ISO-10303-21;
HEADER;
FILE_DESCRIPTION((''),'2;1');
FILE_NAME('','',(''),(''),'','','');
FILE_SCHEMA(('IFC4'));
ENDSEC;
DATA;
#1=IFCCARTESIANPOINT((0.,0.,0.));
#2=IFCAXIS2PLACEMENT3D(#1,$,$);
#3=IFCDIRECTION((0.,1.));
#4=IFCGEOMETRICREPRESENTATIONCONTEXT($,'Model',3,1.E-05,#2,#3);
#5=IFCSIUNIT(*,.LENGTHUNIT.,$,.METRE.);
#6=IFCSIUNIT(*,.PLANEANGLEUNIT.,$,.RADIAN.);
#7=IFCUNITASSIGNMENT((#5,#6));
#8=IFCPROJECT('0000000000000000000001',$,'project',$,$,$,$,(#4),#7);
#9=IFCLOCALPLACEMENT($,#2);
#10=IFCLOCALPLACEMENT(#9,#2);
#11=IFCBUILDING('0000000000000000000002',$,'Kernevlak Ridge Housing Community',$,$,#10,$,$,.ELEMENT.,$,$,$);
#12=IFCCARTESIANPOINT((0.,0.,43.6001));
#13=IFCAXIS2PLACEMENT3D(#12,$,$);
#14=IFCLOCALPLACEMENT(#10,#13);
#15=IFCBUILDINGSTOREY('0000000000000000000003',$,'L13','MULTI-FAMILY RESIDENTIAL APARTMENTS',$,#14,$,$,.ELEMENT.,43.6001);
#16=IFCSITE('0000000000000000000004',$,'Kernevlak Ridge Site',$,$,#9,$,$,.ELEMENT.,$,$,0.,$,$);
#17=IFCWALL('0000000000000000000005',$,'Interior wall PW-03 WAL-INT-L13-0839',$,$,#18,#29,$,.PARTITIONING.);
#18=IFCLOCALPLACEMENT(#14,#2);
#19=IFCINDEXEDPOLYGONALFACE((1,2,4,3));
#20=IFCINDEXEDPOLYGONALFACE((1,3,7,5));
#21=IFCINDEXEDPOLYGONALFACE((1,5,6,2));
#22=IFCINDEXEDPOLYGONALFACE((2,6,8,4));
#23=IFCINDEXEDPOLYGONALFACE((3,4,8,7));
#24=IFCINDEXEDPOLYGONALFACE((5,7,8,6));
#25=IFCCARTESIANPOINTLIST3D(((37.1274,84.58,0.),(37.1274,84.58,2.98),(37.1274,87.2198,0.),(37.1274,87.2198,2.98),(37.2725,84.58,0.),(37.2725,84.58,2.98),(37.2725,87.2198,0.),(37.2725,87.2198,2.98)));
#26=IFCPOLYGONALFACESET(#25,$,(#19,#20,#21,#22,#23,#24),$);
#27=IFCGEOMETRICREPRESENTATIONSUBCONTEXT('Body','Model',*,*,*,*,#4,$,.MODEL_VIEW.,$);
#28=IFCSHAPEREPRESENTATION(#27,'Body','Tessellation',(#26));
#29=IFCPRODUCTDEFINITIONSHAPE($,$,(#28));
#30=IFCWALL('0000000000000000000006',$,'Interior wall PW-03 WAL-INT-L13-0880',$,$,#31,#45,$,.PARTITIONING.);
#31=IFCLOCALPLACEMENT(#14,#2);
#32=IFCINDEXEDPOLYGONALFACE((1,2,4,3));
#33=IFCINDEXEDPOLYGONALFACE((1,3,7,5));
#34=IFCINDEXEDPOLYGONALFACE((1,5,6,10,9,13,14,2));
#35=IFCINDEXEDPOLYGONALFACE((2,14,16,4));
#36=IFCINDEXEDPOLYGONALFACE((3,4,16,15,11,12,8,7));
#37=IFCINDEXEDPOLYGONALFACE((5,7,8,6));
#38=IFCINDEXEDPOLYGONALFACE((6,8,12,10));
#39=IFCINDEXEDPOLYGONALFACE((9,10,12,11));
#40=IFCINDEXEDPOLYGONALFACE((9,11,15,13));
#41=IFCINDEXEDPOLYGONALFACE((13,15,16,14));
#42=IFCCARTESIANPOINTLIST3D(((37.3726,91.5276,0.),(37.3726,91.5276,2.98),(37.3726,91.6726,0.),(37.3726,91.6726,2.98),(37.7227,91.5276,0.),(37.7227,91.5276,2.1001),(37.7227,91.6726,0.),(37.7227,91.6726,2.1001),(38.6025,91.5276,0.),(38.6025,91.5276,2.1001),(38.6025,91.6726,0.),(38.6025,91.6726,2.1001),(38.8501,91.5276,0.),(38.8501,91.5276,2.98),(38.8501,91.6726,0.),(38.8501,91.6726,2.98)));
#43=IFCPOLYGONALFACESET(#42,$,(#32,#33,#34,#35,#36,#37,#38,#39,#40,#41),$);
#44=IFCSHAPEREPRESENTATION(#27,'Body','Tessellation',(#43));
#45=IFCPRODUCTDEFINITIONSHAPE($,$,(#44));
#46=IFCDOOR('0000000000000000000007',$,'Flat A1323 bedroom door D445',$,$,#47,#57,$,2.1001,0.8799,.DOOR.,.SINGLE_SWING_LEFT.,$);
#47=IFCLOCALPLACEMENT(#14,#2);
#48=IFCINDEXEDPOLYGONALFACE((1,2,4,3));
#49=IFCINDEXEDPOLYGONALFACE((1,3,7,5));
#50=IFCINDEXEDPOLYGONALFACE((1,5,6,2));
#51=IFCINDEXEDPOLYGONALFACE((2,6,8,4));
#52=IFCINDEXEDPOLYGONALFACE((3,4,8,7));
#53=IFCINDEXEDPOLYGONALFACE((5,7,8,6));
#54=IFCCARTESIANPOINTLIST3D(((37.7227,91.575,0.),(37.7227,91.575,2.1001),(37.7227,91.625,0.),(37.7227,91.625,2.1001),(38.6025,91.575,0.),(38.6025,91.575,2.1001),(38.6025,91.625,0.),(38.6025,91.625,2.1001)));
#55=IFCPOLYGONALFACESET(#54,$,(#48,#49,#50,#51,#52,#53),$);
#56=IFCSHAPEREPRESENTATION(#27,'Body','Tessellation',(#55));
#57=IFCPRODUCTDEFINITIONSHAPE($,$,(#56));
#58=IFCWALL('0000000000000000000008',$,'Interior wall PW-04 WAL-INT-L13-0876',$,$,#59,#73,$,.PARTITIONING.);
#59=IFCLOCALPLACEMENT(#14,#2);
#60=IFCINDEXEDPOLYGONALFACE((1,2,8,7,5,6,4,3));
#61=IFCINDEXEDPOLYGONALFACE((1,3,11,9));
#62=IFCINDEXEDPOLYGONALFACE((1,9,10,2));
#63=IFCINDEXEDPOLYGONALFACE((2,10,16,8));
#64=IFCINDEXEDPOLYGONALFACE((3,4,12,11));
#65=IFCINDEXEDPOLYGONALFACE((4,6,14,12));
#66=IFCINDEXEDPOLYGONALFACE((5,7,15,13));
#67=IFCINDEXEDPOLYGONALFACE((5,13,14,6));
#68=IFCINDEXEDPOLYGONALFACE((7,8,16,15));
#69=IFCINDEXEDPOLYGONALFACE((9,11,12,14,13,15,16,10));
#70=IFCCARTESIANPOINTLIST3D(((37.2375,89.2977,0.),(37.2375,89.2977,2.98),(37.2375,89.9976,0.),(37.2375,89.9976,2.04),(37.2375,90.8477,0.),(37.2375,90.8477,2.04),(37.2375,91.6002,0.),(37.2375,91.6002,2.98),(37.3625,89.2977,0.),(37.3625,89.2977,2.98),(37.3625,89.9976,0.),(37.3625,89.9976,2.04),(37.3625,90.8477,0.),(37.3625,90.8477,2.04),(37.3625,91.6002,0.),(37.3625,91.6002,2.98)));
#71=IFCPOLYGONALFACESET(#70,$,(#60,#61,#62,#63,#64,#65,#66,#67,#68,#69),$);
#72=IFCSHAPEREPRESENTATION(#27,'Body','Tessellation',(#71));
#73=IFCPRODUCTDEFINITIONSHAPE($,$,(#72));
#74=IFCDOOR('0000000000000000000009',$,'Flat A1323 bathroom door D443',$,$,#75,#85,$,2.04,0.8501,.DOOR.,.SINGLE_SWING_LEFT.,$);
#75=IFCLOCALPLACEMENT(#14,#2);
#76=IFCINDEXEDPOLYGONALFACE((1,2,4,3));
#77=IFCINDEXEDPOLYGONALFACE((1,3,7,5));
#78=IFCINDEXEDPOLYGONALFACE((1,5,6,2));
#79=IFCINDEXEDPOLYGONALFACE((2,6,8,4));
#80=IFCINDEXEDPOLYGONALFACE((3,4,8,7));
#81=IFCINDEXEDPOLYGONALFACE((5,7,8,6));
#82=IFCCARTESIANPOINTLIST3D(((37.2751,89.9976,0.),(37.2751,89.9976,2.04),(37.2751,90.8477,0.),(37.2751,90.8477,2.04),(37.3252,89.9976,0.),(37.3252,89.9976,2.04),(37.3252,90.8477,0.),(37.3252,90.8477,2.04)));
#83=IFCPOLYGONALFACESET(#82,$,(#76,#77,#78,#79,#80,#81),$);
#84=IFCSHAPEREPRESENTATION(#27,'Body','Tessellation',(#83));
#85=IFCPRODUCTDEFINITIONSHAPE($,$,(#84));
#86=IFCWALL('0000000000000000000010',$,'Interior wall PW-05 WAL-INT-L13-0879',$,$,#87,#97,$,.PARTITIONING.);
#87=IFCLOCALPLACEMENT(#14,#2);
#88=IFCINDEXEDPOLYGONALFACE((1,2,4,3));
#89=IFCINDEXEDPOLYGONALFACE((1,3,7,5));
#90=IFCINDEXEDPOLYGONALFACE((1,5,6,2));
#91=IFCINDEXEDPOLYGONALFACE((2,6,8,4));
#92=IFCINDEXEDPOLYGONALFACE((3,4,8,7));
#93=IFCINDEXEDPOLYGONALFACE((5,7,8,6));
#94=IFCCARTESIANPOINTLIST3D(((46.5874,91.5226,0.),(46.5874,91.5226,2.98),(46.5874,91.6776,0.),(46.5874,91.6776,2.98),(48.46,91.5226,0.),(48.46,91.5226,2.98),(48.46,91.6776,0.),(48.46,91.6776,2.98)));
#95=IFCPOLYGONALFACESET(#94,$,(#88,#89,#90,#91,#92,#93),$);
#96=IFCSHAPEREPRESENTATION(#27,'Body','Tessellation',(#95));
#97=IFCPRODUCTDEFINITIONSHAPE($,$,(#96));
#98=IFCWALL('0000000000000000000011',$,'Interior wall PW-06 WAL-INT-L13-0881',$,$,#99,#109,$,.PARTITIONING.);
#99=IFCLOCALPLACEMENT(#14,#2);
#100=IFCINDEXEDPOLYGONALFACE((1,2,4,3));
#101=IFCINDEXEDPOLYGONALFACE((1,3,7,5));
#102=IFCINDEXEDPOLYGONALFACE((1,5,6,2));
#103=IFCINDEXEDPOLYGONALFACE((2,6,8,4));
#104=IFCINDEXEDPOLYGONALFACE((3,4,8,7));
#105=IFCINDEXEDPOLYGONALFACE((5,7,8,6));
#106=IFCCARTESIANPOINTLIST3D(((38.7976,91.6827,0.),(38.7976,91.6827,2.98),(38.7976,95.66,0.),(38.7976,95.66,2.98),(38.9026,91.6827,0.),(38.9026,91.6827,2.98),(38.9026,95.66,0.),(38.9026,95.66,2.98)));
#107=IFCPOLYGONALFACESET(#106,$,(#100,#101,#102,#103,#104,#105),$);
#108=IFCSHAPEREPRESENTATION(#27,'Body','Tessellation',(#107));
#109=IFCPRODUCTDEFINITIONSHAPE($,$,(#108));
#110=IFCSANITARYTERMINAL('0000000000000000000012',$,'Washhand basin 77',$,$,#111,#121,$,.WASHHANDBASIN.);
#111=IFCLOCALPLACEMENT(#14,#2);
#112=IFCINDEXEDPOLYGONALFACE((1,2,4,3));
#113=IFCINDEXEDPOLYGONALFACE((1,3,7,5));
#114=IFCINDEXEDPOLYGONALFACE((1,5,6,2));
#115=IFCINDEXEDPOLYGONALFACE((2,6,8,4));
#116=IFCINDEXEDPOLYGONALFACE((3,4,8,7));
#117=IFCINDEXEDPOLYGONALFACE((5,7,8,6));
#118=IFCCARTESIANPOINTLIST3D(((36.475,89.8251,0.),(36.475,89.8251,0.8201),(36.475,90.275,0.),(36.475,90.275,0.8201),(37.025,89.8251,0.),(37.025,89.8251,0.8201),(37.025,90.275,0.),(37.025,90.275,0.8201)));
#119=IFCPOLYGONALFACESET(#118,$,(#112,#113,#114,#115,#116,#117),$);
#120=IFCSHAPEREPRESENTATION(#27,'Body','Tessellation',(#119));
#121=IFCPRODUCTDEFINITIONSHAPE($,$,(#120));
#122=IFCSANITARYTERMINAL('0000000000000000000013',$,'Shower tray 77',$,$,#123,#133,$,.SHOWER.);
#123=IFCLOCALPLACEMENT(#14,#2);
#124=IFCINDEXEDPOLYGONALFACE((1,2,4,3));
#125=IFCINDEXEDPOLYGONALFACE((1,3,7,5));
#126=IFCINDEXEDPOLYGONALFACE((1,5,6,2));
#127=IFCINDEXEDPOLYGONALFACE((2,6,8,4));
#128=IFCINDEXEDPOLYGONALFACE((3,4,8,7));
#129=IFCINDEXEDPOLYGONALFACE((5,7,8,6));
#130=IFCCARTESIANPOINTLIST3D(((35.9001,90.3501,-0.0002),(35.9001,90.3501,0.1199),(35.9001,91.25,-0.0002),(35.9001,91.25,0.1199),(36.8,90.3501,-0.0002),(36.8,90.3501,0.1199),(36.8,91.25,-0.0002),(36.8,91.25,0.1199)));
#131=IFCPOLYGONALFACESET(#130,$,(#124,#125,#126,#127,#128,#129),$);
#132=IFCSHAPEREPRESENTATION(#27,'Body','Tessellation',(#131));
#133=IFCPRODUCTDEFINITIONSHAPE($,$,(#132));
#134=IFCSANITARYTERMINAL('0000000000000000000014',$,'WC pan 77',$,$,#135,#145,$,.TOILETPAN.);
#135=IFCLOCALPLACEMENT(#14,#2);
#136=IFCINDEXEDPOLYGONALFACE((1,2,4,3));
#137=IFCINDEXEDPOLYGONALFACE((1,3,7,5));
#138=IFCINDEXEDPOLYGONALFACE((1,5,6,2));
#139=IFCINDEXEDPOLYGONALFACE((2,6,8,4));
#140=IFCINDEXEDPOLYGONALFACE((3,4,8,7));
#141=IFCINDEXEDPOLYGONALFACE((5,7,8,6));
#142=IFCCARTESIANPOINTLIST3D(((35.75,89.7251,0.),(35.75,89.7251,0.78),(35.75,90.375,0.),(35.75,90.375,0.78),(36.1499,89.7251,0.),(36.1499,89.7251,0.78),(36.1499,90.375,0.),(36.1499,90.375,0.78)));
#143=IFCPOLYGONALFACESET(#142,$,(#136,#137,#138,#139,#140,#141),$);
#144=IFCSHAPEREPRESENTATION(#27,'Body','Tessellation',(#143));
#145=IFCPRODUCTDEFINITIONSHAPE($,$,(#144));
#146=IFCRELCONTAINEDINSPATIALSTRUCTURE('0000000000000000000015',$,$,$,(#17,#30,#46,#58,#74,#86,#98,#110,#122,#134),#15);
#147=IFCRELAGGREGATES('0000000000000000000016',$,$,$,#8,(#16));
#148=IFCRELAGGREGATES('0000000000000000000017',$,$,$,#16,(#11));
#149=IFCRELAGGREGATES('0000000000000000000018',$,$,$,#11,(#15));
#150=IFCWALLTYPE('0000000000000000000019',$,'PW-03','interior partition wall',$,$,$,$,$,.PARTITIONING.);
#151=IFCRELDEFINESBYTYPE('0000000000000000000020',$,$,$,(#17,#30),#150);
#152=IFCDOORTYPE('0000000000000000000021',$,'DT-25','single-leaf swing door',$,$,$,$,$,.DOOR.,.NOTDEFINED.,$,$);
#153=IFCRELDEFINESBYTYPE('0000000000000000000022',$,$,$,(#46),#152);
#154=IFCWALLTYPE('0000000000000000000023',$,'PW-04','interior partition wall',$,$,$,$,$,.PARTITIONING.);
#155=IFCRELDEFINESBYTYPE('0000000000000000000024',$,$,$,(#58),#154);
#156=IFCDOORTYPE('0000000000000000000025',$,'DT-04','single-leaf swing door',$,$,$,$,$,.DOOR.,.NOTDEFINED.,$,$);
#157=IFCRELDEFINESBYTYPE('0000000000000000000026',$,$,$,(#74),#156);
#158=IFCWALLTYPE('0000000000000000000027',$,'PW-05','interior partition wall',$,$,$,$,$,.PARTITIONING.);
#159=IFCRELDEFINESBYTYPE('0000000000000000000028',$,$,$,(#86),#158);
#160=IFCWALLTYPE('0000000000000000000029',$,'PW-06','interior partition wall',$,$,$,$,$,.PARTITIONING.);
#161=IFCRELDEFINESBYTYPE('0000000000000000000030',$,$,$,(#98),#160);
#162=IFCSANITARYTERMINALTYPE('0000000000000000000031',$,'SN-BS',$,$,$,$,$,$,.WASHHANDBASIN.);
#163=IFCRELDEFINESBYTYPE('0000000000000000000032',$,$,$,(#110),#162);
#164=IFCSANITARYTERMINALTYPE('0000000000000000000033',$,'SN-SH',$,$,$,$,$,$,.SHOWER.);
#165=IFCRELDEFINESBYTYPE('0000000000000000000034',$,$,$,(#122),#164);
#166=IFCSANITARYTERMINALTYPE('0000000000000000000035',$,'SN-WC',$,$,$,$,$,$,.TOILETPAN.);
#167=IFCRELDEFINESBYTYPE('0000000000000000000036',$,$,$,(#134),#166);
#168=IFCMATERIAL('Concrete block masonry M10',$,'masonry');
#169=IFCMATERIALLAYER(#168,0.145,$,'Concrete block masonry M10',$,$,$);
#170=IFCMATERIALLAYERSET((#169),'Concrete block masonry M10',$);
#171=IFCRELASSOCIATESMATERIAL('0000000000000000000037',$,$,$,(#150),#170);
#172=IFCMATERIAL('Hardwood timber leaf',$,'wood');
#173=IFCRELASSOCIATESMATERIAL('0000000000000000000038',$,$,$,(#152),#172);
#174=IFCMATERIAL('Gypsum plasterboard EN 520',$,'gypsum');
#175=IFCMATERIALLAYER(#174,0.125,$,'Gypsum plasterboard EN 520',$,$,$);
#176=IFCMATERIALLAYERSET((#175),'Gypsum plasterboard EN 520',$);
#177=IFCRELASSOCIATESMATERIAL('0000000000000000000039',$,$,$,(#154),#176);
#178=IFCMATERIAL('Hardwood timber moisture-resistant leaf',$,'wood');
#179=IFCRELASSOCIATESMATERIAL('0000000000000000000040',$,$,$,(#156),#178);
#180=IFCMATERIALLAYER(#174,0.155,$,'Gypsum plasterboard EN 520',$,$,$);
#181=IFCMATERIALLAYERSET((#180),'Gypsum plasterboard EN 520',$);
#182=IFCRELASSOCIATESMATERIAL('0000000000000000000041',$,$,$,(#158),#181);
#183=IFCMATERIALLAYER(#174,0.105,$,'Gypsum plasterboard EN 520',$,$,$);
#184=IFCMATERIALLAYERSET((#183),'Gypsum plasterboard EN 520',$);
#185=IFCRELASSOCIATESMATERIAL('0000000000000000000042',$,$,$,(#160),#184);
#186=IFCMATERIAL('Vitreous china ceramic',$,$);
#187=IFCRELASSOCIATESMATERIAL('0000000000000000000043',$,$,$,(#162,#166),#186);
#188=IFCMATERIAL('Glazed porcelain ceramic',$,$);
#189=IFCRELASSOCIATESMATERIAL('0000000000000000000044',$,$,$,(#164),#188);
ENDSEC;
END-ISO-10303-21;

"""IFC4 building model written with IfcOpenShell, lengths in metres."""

from ifc_helpers import new_model, si_unit, direction, frame, frame_2d, origin, origin_2d, place, context, subcontext, project, spatial, rectangle, extrude, material, layer, layer_set, type_object, element, fill, save


model = new_model("IFC4")

# Units and contexts
model_context = context("Model", 3, precision=1e-05, world=origin(), true_north=direction((0.0, 1.0)))
body_context = subcontext(model_context, "Body", "Model", "MODEL_VIEW")
ifc_project = project(units=[si_unit("LENGTHUNIT", "METRE"), si_unit("PLANEANGLEUNIT", "RADIAN")], contexts=[model_context])

# Site, building, storey
site_placement = place(None, origin())
site = spatial("IfcSite", under=ifc_project, at=site_placement, Name="Kernevlak Ridge Site", CompositionType="ELEMENT", RefElevation=0.0)
building_placement = place(site_placement, origin())
building = spatial("IfcBuilding", under=site, at=building_placement, Name="Kernevlak Ridge Housing Community", CompositionType="ELEMENT")
storey_placement = place(building_placement, frame((0.0, 0.0, 43.6001)))
storey = spatial("IfcBuildingStorey", under=building, at=storey_placement, Name="L13", Description="MULTI-FAMILY RESIDENTIAL APARTMENTS", CompositionType="ELEMENT", Elevation=43.6001)

# Shared definitions
ifc_material_1 = material(Name="Concrete block masonry M10", Category="masonry")

# Wall
ifc_layer_1 = layer(ifc_material_1, 0.145, Name="Concrete block masonry M10")
ifc_layer_set_1 = layer_set([ifc_layer_1], Name="Concrete block masonry M10")
wall_type_1 = type_object("IfcWallType", Name="PW-03", Description="interior partition wall", PredefinedType="PARTITIONING", material=ifc_layer_set_1)
wall_1_placement = place(storey_placement, frame((37.2, 84.5801, 0.0), z_axis=(0.0, 0.0, 1.0), x_axis=(0.0, 1.0, 0.0)))
element("IfcWall", 1, at=wall_1_placement, inside=storey, type_object=wall_type_1, Name="Interior wall PW-03 WAL-INT-L13-0839", PredefinedType="PARTITIONING", context=body_context, shape_type="SweptSolid", body=[
    extrude(rectangle(XDim=2.6399, YDim=0.145, at=frame_2d((1.3198, 0.0))), origin(), (0.0, 0.0, 1.0), 2.98),
])

# Walls, openings, doors
wall_2_placement = place(storey_placement, frame((37.3726, 91.6001, 0.0), z_axis=(0.0, 0.0, 1.0), x_axis=(1.0, 0.0, 0.0)))
wall_2 = element("IfcWall", 2, at=wall_2_placement, inside=storey, type_object=wall_type_1, Name="Interior wall PW-03 WAL-INT-L13-0880", PredefinedType="PARTITIONING", context=body_context, shape_type="SweptSolid", body=[
    extrude(rectangle(XDim=1.4775, YDim=0.145, at=frame_2d((0.7388, 0.0))), origin(), (0.0, 0.0, 1.0), 2.98),
])
opening_1_placement = place(wall_2_placement, frame((0.3501, 0.0, 0.0)))
opening_1 = element("IfcOpeningElement", 3, at=opening_1_placement, cuts=wall_2, PredefinedType="OPENING", context=body_context, shape_type="SweptSolid", body=[
    extrude(rectangle(XDim=0.8799, YDim=2.1001, at=frame_2d((0.4399, 1.05))), frame((0.0, 0.0825, 0.0), z_axis=(0.0, -1.0, 0.0), x_axis=(1.0, 0.0, 0.0)), (0.0, 0.0, 1.0), 0.165),
])
ifc_material_2 = material(Name="Hardwood timber leaf", Category="wood")
door_type_1 = type_object("IfcDoorType", Name="DT-25", Description="single-leaf swing door", OperationType="NOTDEFINED", PredefinedType="DOOR", material=ifc_material_2)
door_1_placement = place(opening_1_placement, origin())
door_1 = element("IfcDoor", 4, at=door_1_placement, inside=storey, type_object=door_type_1, Name="Flat A1323 bedroom door D445", OperationType="SINGLE_SWING_LEFT", OverallHeight=2.1001, OverallWidth=0.8799, PredefinedType="DOOR", context=body_context, shape_type="SweptSolid", body=[
    extrude(rectangle(XDim=0.8799, YDim=2.1001, at=frame_2d((0.4399, 1.05))), frame((0.0, 0.0249, 0.0), z_axis=(0.0, -1.0, 0.0), x_axis=(1.0, 0.0, 0.0)), (0.0, 0.0, 1.0), 0.05),
])
fill(opening_1, door_1)
ifc_material_3 = material(Name="Gypsum plasterboard EN 520", Category="gypsum")
ifc_layer_2 = layer(ifc_material_3, 0.125, Name="Gypsum plasterboard EN 520")
ifc_layer_set_2 = layer_set([ifc_layer_2], Name="Gypsum plasterboard EN 520")
wall_type_2 = type_object("IfcWallType", Name="PW-04", Description="interior partition wall", PredefinedType="PARTITIONING", material=ifc_layer_set_2)
wall_3_placement = place(storey_placement, frame((37.3, 89.2976, 0.0), z_axis=(0.0, 0.0, 1.0), x_axis=(0.0, 1.0, 0.0)))
wall_3 = element("IfcWall", 5, at=wall_3_placement, inside=storey, type_object=wall_type_2, Name="Interior wall PW-04 WAL-INT-L13-0876", PredefinedType="PARTITIONING", context=body_context, shape_type="SweptSolid", body=[
    extrude(rectangle(XDim=2.3025, YDim=0.125, at=frame_2d((1.1514, 0.0))), origin(), (0.0, 0.0, 1.0), 2.98),
])
opening_2_placement = place(wall_3_placement, frame((0.7, 0.0, 0.0)))
opening_2 = element("IfcOpeningElement", 6, at=opening_2_placement, cuts=wall_3, PredefinedType="OPENING", context=body_context, shape_type="SweptSolid", body=[
    extrude(rectangle(XDim=0.8501, YDim=2.04, at=frame_2d((0.425, 1.02))), frame((0.0, 0.0725, 0.0), z_axis=(0.0, -1.0, 0.0), x_axis=(1.0, 0.0, 0.0)), (0.0, 0.0, 1.0), 0.145),
])
ifc_material_4 = material(Name="Hardwood timber moisture-resistant leaf", Category="wood")
door_type_2 = type_object("IfcDoorType", Name="DT-04", Description="single-leaf swing door", OperationType="NOTDEFINED", PredefinedType="DOOR", material=ifc_material_4)
door_2_placement = place(opening_2_placement, origin())
door_2 = element("IfcDoor", 7, at=door_2_placement, inside=storey, type_object=door_type_2, Name="Flat A1323 bathroom door D443", OperationType="SINGLE_SWING_LEFT", OverallHeight=2.04, OverallWidth=0.8501, PredefinedType="DOOR", context=body_context, shape_type="SweptSolid", body=[
    extrude(rectangle(XDim=0.8501, YDim=2.04, at=frame_2d((0.425, 1.02))), frame((0.0, 0.0249, 0.0), z_axis=(0.0, -1.0, 0.0), x_axis=(1.0, 0.0, 0.0)), (0.0, 0.0, 1.0), 0.05),
])
fill(opening_2, door_2)
ifc_layer_3 = layer(ifc_material_3, 0.155, Name="Gypsum plasterboard EN 520")
ifc_layer_set_3 = layer_set([ifc_layer_3], Name="Gypsum plasterboard EN 520")
wall_type_3 = type_object("IfcWallType", Name="PW-05", Description="interior partition wall", PredefinedType="PARTITIONING", material=ifc_layer_set_3)

# Walls
wall_4_placement = place(storey_placement, frame((46.5874, 91.6001, 0.0), z_axis=(0.0, 0.0, 1.0), x_axis=(1.0, 0.0, 0.0)))
element("IfcWall", 8, at=wall_4_placement, inside=storey, type_object=wall_type_3, Name="Interior wall PW-05 WAL-INT-L13-0879", PredefinedType="PARTITIONING", context=body_context, shape_type="SweptSolid", body=[
    extrude(rectangle(XDim=1.8726, YDim=0.155, at=frame_2d((0.9363, 0.0))), origin(), (0.0, 0.0, 1.0), 2.98),
])
ifc_layer_4 = layer(ifc_material_3, 0.105, Name="Gypsum plasterboard EN 520")
ifc_layer_set_4 = layer_set([ifc_layer_4], Name="Gypsum plasterboard EN 520")
wall_type_4 = type_object("IfcWallType", Name="PW-06", Description="interior partition wall", PredefinedType="PARTITIONING", material=ifc_layer_set_4)
wall_5_placement = place(storey_placement, frame((38.8501, 91.6826, 0.0), z_axis=(0.0, 0.0, 1.0), x_axis=(0.0, 1.0, 0.0)))
element("IfcWall", 9, at=wall_5_placement, inside=storey, type_object=wall_type_4, Name="Interior wall PW-06 WAL-INT-L13-0881", PredefinedType="PARTITIONING", context=body_context, shape_type="SweptSolid", body=[
    extrude(rectangle(XDim=3.9773, YDim=0.105, at=frame_2d((1.9888, 0.0))), origin(), (0.0, 0.0, 1.0), 2.98),
])

# Sanitary terminals
ifc_material_5 = material(Name="Vitreous china ceramic")
sanitary_terminal_type_1 = type_object("IfcSanitaryTerminalType", Name="SN-BS", PredefinedType="WASHHANDBASIN", material=ifc_material_5)
sanitary_terminal_1_placement = place(storey_placement, frame((36.75, 90.05, 0.0), z_axis=(0.0, 0.0, 1.0), x_axis=(1.0, 0.0, 0.0)))
element("IfcSanitaryTerminal", 10, at=sanitary_terminal_1_placement, inside=storey, type_object=sanitary_terminal_type_1, Name="Washhand basin 77", PredefinedType="WASHHANDBASIN", context=body_context, shape_type="SweptSolid", body=[
    extrude(rectangle(XDim=0.55, YDim=0.45, at=origin_2d()), origin(), (0.0, 0.0, 1.0), 0.8201),
])
ifc_material_6 = material(Name="Glazed porcelain ceramic")
sanitary_terminal_type_2 = type_object("IfcSanitaryTerminalType", Name="SN-SH", PredefinedType="SHOWER", material=ifc_material_6)
sanitary_terminal_2_placement = place(storey_placement, frame((36.3501, 90.8, -0.0002), z_axis=(0.0, 0.0, 1.0), x_axis=(1.0, 0.0, 0.0)))
element("IfcSanitaryTerminal", 11, at=sanitary_terminal_2_placement, inside=storey, type_object=sanitary_terminal_type_2, Name="Shower tray 77", PredefinedType="SHOWER", context=body_context, shape_type="SweptSolid", body=[
    extrude(rectangle(XDim=0.8999, YDim=0.8999, at=origin_2d()), origin(), (0.0, 0.0, 1.0), 0.1201),
])
sanitary_terminal_type_3 = type_object("IfcSanitaryTerminalType", Name="SN-WC", PredefinedType="TOILETPAN", material=ifc_material_5)
sanitary_terminal_3_placement = place(storey_placement, frame((35.95, 90.05, 0.0), z_axis=(0.0, 0.0, 1.0), x_axis=(1.0, 0.0, 0.0)))
element("IfcSanitaryTerminal", 12, at=sanitary_terminal_3_placement, inside=storey, type_object=sanitary_terminal_type_3, Name="WC pan 77", PredefinedType="TOILETPAN", context=body_context, shape_type="SweptSolid", body=[
    extrude(rectangle(XDim=0.3999, YDim=0.6499, at=origin_2d()), origin(), (0.0, 0.0, 1.0), 0.78),
])

save(model, "model.ifc")
